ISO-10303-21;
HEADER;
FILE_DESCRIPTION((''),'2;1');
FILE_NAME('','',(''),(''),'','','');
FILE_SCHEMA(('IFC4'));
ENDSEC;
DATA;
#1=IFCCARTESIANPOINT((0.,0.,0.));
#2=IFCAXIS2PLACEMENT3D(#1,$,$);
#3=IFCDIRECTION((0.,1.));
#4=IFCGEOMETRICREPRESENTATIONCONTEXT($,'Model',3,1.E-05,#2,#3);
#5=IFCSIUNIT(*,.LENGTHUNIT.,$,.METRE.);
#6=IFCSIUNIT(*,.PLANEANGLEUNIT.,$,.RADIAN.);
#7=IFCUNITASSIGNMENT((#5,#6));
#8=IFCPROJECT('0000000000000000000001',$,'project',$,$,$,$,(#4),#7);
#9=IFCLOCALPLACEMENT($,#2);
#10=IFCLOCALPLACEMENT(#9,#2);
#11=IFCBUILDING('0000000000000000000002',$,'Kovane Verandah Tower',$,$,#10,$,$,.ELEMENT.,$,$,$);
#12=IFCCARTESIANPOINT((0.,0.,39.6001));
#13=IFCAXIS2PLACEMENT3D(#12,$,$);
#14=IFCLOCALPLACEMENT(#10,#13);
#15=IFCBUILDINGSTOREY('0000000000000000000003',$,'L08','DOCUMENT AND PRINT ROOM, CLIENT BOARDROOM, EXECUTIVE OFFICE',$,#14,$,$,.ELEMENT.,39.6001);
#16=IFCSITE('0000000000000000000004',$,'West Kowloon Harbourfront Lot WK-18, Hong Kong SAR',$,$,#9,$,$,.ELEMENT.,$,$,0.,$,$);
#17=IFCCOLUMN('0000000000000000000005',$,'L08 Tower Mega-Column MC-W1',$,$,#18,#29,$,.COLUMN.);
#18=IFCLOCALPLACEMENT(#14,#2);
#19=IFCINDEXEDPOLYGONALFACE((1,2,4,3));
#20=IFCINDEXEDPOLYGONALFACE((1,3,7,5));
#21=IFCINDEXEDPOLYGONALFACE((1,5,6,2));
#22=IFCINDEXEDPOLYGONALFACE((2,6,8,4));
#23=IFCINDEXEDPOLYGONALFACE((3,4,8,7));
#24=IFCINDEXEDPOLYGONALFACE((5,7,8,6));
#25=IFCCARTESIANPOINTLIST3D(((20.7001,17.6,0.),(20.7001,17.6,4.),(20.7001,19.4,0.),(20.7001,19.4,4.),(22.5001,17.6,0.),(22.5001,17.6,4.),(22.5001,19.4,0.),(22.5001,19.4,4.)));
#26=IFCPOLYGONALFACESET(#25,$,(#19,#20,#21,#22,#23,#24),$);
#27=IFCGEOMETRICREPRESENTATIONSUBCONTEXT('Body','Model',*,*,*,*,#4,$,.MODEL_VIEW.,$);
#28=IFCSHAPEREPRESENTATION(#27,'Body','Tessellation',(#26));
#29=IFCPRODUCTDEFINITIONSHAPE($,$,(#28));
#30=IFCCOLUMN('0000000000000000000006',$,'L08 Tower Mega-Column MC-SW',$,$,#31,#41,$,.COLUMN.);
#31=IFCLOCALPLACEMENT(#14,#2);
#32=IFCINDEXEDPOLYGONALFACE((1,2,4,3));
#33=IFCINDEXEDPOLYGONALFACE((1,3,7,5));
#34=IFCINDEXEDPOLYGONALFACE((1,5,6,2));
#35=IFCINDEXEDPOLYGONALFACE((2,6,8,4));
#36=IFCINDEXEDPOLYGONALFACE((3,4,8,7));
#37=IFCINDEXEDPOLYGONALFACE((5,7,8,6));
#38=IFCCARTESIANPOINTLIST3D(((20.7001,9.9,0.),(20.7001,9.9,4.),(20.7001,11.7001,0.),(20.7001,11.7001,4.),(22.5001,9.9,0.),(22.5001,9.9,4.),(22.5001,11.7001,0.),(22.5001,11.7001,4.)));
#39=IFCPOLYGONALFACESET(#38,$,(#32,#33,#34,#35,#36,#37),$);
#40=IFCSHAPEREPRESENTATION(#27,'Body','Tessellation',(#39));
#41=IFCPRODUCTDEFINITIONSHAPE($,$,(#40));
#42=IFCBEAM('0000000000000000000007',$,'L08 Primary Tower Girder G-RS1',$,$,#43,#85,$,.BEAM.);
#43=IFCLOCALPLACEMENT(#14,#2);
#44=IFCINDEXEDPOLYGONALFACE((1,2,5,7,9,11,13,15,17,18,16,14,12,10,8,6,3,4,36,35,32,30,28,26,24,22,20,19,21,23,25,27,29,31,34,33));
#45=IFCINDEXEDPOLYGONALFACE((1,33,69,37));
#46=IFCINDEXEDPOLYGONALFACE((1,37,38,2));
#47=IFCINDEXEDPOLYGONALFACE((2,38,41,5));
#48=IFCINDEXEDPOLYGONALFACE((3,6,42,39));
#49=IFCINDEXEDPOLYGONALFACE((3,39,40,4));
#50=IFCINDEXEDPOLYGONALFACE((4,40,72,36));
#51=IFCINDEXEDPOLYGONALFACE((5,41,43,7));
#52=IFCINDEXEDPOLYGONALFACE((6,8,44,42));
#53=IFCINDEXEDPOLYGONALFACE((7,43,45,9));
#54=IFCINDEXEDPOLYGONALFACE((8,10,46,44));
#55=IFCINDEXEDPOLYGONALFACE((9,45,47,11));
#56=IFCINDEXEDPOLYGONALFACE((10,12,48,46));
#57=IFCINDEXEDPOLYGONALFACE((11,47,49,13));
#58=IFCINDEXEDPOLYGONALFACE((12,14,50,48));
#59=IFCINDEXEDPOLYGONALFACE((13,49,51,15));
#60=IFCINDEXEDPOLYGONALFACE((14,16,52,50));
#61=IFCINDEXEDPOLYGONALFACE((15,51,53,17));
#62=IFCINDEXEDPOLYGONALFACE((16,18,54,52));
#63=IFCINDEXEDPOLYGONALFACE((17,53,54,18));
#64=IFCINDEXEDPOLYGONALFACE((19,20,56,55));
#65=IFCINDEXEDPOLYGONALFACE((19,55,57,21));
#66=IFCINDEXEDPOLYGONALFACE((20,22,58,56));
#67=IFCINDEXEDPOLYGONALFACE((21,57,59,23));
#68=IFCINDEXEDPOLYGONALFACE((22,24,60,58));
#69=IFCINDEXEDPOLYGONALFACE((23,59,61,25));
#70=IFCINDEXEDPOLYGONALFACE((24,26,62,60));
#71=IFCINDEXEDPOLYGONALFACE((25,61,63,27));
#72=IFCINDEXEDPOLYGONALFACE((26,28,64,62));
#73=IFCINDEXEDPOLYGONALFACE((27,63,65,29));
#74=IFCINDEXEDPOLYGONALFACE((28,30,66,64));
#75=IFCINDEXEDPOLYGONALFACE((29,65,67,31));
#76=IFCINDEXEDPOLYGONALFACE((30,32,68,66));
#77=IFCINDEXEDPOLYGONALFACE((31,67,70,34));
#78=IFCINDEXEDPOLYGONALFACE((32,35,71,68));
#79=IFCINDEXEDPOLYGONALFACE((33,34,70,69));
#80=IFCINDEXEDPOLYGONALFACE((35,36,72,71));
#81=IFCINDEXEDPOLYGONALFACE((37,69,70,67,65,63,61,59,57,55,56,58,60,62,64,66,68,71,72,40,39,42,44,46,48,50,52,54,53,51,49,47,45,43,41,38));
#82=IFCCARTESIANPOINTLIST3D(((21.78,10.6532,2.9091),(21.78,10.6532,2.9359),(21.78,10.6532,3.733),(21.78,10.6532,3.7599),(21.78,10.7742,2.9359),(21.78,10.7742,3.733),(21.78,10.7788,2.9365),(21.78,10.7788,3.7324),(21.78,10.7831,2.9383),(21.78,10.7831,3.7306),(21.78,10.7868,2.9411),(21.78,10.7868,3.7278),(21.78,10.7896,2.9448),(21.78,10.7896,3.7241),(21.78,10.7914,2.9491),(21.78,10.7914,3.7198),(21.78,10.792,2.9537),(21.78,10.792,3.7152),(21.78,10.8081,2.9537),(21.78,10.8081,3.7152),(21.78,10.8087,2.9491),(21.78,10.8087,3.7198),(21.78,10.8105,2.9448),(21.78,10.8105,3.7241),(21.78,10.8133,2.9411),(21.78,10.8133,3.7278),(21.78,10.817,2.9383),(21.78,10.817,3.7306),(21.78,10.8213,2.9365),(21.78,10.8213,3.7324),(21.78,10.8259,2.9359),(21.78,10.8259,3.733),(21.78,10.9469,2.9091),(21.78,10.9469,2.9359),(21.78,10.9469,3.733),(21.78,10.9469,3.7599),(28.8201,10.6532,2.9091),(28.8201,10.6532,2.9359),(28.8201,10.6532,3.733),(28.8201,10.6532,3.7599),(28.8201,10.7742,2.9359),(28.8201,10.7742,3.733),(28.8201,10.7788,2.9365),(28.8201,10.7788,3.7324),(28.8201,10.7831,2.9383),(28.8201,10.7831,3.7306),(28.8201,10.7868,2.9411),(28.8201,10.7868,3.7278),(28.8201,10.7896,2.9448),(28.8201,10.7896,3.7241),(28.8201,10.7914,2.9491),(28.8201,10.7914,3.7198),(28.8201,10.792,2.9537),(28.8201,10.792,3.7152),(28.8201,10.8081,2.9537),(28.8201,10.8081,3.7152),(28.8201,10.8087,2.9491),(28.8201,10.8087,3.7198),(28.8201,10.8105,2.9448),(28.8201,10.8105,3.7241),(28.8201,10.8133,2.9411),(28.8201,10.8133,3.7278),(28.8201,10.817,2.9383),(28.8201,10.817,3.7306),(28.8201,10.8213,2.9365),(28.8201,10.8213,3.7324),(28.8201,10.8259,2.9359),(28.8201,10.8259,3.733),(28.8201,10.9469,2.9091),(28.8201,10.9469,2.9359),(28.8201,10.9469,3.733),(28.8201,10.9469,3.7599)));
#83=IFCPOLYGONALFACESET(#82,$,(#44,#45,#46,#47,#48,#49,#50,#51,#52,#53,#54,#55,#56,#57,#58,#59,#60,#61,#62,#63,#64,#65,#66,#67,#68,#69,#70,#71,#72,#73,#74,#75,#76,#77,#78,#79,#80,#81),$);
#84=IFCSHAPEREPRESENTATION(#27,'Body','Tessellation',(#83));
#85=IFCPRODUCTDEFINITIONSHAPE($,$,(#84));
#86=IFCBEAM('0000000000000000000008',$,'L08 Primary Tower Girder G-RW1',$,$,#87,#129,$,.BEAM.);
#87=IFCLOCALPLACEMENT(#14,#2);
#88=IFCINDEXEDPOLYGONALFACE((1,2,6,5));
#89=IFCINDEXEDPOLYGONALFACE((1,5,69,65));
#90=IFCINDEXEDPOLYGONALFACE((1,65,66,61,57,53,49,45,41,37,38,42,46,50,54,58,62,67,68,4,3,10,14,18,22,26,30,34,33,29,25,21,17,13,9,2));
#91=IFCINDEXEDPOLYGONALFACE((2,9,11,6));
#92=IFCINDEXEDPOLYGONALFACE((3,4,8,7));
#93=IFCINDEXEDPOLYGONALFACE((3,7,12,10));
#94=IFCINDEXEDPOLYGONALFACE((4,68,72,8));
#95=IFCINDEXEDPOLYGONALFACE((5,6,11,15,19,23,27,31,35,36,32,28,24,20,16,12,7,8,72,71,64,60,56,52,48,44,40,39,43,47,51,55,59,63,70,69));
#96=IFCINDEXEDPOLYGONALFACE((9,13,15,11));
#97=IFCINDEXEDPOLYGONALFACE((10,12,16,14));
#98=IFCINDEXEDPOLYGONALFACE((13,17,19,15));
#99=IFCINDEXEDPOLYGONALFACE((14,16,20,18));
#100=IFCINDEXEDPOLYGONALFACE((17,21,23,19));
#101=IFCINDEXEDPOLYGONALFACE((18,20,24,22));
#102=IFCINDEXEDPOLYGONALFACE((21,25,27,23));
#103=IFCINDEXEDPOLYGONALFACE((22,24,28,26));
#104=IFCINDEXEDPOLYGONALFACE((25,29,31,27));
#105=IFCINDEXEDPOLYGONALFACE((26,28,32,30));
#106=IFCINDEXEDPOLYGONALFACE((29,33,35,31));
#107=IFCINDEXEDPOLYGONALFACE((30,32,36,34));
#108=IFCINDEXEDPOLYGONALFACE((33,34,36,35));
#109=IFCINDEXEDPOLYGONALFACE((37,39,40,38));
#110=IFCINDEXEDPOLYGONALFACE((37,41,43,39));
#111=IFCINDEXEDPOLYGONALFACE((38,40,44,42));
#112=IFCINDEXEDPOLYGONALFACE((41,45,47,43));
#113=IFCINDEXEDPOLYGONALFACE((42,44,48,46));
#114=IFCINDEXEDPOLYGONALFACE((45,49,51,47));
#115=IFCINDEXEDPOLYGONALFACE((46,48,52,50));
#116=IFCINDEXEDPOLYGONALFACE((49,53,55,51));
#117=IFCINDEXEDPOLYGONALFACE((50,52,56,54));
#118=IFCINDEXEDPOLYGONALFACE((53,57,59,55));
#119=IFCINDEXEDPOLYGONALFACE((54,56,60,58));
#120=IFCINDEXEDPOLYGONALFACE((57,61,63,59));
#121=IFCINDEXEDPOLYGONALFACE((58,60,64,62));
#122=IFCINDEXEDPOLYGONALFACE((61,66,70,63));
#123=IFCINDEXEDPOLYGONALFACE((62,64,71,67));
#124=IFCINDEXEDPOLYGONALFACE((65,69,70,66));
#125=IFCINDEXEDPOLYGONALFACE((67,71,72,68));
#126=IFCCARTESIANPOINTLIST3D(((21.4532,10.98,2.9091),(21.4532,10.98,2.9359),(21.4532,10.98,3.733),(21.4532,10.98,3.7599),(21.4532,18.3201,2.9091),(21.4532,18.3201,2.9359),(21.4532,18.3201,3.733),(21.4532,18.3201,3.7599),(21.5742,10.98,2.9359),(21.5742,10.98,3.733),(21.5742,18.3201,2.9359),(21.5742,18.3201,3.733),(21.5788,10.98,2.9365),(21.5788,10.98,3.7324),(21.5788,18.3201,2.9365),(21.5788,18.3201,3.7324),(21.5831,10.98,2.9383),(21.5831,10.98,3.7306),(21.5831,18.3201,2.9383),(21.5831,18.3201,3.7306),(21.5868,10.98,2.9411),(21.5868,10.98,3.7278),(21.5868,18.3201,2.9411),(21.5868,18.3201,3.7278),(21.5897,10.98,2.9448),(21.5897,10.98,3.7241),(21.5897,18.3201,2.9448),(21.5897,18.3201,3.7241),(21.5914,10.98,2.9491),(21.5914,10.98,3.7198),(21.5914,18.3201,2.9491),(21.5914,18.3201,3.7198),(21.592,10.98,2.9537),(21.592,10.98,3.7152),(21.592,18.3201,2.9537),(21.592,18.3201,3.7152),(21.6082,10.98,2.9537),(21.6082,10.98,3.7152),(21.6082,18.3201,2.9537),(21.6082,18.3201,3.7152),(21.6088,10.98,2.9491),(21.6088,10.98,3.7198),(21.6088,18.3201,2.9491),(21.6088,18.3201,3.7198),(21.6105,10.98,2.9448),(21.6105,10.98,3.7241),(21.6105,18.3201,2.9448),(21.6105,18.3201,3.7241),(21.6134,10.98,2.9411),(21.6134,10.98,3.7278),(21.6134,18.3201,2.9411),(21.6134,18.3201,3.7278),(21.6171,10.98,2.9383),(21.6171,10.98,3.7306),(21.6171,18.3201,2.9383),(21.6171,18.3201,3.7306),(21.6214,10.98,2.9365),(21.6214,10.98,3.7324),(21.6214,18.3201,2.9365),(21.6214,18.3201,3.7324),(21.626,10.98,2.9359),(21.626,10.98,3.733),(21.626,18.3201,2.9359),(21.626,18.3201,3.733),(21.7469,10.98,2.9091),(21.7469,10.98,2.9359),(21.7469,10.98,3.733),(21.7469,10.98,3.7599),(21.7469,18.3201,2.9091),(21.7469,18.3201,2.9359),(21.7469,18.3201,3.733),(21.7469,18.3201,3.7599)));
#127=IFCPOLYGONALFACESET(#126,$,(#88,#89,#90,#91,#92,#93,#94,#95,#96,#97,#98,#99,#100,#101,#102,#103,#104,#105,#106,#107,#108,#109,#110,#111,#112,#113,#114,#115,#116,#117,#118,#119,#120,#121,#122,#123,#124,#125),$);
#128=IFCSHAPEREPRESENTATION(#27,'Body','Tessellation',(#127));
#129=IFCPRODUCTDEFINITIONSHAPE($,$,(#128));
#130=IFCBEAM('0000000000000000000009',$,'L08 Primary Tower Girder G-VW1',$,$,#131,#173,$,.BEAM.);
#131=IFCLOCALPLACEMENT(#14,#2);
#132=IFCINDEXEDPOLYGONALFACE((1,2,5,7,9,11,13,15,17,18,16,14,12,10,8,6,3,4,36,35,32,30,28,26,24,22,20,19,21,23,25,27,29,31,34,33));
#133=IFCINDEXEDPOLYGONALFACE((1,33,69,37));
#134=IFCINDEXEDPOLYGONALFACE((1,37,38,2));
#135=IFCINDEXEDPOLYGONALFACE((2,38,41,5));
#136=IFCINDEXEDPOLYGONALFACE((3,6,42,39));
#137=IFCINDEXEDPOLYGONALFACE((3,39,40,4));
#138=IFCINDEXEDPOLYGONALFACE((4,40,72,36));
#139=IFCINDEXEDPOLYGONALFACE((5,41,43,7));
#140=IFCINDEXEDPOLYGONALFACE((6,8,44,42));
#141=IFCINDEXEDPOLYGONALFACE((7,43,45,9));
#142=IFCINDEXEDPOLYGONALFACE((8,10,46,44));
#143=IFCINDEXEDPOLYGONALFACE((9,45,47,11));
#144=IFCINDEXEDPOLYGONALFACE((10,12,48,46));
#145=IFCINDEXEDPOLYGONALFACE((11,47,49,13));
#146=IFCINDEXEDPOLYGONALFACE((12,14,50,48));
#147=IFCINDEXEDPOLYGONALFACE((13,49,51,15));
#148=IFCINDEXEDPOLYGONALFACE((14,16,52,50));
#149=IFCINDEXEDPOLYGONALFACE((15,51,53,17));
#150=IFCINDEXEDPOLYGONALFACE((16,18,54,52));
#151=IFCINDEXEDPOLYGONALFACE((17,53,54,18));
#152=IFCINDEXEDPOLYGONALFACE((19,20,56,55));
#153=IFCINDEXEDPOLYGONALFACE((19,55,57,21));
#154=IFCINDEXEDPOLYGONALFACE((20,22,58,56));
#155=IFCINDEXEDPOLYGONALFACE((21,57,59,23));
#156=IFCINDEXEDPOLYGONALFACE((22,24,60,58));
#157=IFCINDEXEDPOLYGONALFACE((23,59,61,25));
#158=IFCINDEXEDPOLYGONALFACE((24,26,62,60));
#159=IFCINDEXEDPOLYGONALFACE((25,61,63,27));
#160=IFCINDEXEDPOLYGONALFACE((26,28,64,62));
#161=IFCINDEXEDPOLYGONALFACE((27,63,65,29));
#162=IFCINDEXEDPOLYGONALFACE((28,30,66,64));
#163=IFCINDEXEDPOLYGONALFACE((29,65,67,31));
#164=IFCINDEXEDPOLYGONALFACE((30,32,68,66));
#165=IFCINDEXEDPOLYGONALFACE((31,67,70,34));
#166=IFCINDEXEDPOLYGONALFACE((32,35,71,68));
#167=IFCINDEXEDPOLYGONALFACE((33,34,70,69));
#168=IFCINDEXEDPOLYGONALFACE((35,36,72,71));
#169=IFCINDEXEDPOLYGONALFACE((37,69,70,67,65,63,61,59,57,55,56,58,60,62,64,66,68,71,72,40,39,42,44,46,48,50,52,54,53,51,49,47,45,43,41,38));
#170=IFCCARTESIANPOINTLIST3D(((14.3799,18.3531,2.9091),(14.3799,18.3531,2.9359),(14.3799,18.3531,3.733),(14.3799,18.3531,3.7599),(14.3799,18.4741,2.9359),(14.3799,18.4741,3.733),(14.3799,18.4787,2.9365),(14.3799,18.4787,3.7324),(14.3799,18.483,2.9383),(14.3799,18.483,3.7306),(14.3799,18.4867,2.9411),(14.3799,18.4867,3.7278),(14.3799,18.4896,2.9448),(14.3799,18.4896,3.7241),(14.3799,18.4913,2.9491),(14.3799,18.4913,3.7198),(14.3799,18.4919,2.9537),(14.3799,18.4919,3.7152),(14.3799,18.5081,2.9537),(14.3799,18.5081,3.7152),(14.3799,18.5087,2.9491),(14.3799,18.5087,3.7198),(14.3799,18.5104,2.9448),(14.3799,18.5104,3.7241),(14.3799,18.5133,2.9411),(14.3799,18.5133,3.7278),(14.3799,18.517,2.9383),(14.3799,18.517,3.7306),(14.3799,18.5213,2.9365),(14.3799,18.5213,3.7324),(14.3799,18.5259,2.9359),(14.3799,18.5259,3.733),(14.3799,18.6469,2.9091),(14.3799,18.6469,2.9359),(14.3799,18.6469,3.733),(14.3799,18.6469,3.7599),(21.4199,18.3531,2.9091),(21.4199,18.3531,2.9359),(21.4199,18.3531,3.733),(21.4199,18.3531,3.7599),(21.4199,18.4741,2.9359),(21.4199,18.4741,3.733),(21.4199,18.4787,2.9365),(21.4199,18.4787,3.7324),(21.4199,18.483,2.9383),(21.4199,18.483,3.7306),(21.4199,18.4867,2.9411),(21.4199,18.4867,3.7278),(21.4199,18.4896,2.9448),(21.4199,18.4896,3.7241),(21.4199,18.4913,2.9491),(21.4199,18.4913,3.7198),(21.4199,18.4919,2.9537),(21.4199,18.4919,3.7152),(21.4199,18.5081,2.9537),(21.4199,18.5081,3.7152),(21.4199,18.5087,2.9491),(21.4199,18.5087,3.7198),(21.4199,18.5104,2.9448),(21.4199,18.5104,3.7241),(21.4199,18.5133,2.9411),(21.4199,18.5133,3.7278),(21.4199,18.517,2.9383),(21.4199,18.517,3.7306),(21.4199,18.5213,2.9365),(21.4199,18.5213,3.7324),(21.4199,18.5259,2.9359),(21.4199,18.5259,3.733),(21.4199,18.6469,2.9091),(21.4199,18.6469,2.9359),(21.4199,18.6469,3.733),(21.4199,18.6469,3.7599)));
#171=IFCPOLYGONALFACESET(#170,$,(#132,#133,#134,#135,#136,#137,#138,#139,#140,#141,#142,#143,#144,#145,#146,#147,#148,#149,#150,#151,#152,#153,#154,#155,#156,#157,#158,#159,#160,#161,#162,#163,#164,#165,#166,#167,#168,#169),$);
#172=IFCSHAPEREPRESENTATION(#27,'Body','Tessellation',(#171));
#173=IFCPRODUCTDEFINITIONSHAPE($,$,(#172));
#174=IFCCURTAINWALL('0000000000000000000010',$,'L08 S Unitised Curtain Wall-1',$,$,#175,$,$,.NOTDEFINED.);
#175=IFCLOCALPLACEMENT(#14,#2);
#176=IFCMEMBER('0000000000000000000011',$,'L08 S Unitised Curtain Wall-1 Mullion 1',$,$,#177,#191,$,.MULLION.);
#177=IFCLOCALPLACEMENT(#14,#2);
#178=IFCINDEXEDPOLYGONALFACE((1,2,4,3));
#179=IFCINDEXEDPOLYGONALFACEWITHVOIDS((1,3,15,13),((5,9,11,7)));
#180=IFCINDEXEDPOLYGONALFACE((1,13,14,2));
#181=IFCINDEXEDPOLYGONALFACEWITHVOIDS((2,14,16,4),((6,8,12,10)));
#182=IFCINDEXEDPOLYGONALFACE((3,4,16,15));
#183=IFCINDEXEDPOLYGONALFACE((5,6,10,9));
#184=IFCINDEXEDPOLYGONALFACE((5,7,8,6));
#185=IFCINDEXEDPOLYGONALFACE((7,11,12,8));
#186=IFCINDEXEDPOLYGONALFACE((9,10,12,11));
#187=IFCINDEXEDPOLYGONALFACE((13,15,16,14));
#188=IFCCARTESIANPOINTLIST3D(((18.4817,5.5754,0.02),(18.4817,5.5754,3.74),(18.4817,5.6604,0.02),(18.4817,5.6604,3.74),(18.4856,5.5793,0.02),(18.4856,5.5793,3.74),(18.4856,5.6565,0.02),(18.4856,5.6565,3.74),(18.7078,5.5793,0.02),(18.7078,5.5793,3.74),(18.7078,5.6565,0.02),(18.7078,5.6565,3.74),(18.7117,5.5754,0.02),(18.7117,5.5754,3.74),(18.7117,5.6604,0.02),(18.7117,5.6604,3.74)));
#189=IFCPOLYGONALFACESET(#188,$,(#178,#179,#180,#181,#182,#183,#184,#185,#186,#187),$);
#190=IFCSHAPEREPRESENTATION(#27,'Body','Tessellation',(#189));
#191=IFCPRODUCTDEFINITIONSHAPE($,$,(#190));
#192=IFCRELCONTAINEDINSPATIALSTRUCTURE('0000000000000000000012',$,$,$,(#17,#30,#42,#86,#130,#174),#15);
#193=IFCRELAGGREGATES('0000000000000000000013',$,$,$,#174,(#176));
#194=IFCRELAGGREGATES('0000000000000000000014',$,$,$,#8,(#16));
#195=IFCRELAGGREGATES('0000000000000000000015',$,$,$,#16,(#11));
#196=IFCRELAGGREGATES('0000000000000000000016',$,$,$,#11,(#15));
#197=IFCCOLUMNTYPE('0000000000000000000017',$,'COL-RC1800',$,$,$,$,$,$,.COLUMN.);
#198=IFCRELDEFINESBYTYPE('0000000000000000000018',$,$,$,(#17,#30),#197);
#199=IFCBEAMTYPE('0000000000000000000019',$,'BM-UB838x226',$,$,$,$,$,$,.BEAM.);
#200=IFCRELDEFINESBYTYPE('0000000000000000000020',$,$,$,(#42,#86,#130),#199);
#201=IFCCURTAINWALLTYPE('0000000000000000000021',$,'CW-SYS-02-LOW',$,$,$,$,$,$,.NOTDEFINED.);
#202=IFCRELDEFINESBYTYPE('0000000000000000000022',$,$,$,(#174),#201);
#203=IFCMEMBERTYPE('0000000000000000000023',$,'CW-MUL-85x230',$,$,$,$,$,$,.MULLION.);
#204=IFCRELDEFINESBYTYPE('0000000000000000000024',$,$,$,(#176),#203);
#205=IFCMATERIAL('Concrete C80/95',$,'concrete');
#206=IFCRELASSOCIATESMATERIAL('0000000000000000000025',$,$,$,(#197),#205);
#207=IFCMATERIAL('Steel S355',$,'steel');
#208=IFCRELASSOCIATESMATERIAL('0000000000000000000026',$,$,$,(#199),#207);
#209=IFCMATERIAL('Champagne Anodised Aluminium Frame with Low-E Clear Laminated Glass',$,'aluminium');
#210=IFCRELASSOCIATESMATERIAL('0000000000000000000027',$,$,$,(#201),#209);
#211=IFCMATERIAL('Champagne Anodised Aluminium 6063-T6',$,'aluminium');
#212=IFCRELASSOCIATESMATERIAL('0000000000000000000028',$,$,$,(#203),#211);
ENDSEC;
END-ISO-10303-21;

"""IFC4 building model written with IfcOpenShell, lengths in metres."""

from ifc_helpers import new_model, si_unit, direction, frame, origin, origin_2d, place, context, subcontext, project, spatial, rectangle, hollow_rectangle, i_section, extrude, material, material_profile, profile_set, type_object, element, aggregate, save


model = new_model("IFC4")

# Units and contexts
model_context = context("Model", 3, precision=1e-05, world=origin(), true_north=direction((0.0, 1.0)))
body_context = subcontext(model_context, "Body", "Model", "MODEL_VIEW")
ifc_project = project(units=[si_unit("LENGTHUNIT", "METRE"), si_unit("PLANEANGLEUNIT", "RADIAN")], contexts=[model_context])

# Site, building, storey
site_placement = place(None, origin())
site = spatial("IfcSite", under=ifc_project, at=site_placement, Name="West Kowloon Harbourfront Lot WK-18, Hong Kong SAR", CompositionType="ELEMENT", RefElevation=0.0)
building_placement = place(site_placement, origin())
building = spatial("IfcBuilding", under=site, at=building_placement, Name="Kovane Verandah Tower", CompositionType="ELEMENT")
storey_placement = place(building_placement, frame((0.0, 0.0, 39.6001)))
storey = spatial("IfcBuildingStorey", under=building, at=storey_placement, Name="L08", Description="DOCUMENT AND PRINT ROOM, CLIENT BOARDROOM, EXECUTIVE OFFICE", CompositionType="ELEMENT", Elevation=39.6001)

# Columns
ifc_material_1 = material(Name="Concrete C80/95", Category="concrete")
ifc_material_profile_1 = material_profile(ifc_material_1, rectangle(XDim=1.8, YDim=1.8, at=origin_2d()), Name="RC1800x1800")
ifc_profile_set_1 = profile_set([ifc_material_profile_1], Name="Concrete C80/95")
column_type = type_object("IfcColumnType", Name="COL-RC1800", PredefinedType="COLUMN", material=ifc_profile_set_1)
for number, where, z_axis, x_axis, name in (
    (1, (21.6001, 18.5, 0.0), (0.0, 0.0, 1.0), (1.0, 0.0, 0.0), "L08 Tower Mega-Column MC-W1"),
    (2, (21.6001, 10.8, 0.0), (0.0, 0.0, 1.0), (1.0, 0.0, 0.0), "L08 Tower Mega-Column MC-SW"),
):
    element("IfcColumn", number, at=place(storey_placement, frame(where, z_axis=z_axis, x_axis=x_axis)), inside=storey, type_object=column_type, Name=name, PredefinedType="COLUMN", context=body_context, shape_type="SweptSolid", body=[
        extrude(rectangle(XDim=1.8, YDim=1.8, at=origin_2d()), origin(), (0.0, 0.0, 1.0), 4.0),
    ])

# Beams
ifc_material_2 = material(Name="Steel S355", Category="steel")
ifc_material_profile_2 = material_profile(ifc_material_2, i_section(OverallWidth=0.2937, OverallDepth=0.8508, WebThickness=0.0161, FlangeThickness=0.0269, FilletRadius=0.0178, at=origin_2d()), Name="UB838x292x226")
ifc_profile_set_2 = profile_set([ifc_material_profile_2], Name="Steel S355")
beam_type = type_object("IfcBeamType", Name="BM-UB838x226", PredefinedType="BEAM", material=ifc_profile_set_2)
beam_1_placement = place(storey_placement, frame((21.78, 10.8, 3.3345), z_axis=(1.0, 0.0, 0.0), x_axis=(0.0, 1.0, 0.0)))
element("IfcBeam", 3, at=beam_1_placement, inside=storey, type_object=beam_type, Name="L08 Primary Tower Girder G-RS1", PredefinedType="BEAM", context=body_context, shape_type="SweptSolid", body=[
    extrude(i_section(OverallWidth=0.2937, OverallDepth=0.8508, WebThickness=0.0161, FlangeThickness=0.0269, FilletRadius=0.0178, at=origin_2d()), origin(), (0.0, 0.0, 1.0), 7.04),
])
beam_2_placement = place(storey_placement, frame((21.6001, 10.98, 3.3345), z_axis=(0.0, 1.0, 0.0), x_axis=(-1.0, 0.0, 0.0)))
element("IfcBeam", 4, at=beam_2_placement, inside=storey, type_object=beam_type, Name="L08 Primary Tower Girder G-RW1", PredefinedType="BEAM", context=body_context, shape_type="SweptSolid", body=[
    extrude(i_section(OverallWidth=0.2937, OverallDepth=0.8508, WebThickness=0.0161, FlangeThickness=0.0269, FilletRadius=0.0178, at=origin_2d()), origin(), (0.0, 0.0, 1.0), 7.3401),
])
beam_3_placement = place(storey_placement, frame((21.4199, 18.5, 3.3345), z_axis=(-1.0, 0.0, 0.0), x_axis=(0.0, -1.0, 0.0)))
element("IfcBeam", 5, at=beam_3_placement, inside=storey, type_object=beam_type, Name="L08 Primary Tower Girder G-VW1", PredefinedType="BEAM", context=body_context, shape_type="SweptSolid", body=[
    extrude(i_section(OverallWidth=0.2937, OverallDepth=0.8508, WebThickness=0.0161, FlangeThickness=0.0269, FilletRadius=0.0178, at=origin_2d()), origin(), (0.0, 0.0, 1.0), 7.04),
])

# Curtain wall, member
ifc_material_3 = material(Name="Champagne Anodised Aluminium Frame with Low-E Clear Laminated Glass", Category="aluminium")
curtain_wall_type = type_object("IfcCurtainWallType", Name="CW-SYS-02-LOW", PredefinedType="NOTDEFINED", material=ifc_material_3)
curtain_wall_1_placement = place(storey_placement, origin())
curtain_wall_1 = element("IfcCurtainWall", 6, at=curtain_wall_1_placement, inside=storey, type_object=curtain_wall_type, Name="L08 S Unitised Curtain Wall-1", PredefinedType="NOTDEFINED")
ifc_material_4 = material(Name="Champagne Anodised Aluminium 6063-T6", Category="aluminium")
ifc_material_profile_3 = material_profile(ifc_material_4, hollow_rectangle(XDim=0.085, YDim=0.23, WallThickness=0.0039, at=origin_2d()), Name="AL85x230x4")
ifc_profile_set_3 = profile_set([ifc_material_profile_3], Name="Champagne Anodised Aluminium 6063-T6")
member_type_1 = type_object("IfcMemberType", Name="CW-MUL-85x230", PredefinedType="MULLION", material=ifc_profile_set_3)
member_1_placement = place(storey_placement, frame((18.5967, 5.6179, 0.02), z_axis=(0.0, 0.0, 1.0), x_axis=(0.0, -1.0, 0.0)))
member_1 = element("IfcMember", 7, at=member_1_placement, type_object=member_type_1, Name="L08 S Unitised Curtain Wall-1 Mullion 1", PredefinedType="MULLION", context=body_context, shape_type="SweptSolid", body=[
    extrude(hollow_rectangle(XDim=0.085, YDim=0.23, WallThickness=0.0039, at=origin_2d()), origin(), (0.0, 0.0, 1.0), 3.72),
])

aggregate(curtain_wall_1, [member_1])

save(model, "model.ifc")
